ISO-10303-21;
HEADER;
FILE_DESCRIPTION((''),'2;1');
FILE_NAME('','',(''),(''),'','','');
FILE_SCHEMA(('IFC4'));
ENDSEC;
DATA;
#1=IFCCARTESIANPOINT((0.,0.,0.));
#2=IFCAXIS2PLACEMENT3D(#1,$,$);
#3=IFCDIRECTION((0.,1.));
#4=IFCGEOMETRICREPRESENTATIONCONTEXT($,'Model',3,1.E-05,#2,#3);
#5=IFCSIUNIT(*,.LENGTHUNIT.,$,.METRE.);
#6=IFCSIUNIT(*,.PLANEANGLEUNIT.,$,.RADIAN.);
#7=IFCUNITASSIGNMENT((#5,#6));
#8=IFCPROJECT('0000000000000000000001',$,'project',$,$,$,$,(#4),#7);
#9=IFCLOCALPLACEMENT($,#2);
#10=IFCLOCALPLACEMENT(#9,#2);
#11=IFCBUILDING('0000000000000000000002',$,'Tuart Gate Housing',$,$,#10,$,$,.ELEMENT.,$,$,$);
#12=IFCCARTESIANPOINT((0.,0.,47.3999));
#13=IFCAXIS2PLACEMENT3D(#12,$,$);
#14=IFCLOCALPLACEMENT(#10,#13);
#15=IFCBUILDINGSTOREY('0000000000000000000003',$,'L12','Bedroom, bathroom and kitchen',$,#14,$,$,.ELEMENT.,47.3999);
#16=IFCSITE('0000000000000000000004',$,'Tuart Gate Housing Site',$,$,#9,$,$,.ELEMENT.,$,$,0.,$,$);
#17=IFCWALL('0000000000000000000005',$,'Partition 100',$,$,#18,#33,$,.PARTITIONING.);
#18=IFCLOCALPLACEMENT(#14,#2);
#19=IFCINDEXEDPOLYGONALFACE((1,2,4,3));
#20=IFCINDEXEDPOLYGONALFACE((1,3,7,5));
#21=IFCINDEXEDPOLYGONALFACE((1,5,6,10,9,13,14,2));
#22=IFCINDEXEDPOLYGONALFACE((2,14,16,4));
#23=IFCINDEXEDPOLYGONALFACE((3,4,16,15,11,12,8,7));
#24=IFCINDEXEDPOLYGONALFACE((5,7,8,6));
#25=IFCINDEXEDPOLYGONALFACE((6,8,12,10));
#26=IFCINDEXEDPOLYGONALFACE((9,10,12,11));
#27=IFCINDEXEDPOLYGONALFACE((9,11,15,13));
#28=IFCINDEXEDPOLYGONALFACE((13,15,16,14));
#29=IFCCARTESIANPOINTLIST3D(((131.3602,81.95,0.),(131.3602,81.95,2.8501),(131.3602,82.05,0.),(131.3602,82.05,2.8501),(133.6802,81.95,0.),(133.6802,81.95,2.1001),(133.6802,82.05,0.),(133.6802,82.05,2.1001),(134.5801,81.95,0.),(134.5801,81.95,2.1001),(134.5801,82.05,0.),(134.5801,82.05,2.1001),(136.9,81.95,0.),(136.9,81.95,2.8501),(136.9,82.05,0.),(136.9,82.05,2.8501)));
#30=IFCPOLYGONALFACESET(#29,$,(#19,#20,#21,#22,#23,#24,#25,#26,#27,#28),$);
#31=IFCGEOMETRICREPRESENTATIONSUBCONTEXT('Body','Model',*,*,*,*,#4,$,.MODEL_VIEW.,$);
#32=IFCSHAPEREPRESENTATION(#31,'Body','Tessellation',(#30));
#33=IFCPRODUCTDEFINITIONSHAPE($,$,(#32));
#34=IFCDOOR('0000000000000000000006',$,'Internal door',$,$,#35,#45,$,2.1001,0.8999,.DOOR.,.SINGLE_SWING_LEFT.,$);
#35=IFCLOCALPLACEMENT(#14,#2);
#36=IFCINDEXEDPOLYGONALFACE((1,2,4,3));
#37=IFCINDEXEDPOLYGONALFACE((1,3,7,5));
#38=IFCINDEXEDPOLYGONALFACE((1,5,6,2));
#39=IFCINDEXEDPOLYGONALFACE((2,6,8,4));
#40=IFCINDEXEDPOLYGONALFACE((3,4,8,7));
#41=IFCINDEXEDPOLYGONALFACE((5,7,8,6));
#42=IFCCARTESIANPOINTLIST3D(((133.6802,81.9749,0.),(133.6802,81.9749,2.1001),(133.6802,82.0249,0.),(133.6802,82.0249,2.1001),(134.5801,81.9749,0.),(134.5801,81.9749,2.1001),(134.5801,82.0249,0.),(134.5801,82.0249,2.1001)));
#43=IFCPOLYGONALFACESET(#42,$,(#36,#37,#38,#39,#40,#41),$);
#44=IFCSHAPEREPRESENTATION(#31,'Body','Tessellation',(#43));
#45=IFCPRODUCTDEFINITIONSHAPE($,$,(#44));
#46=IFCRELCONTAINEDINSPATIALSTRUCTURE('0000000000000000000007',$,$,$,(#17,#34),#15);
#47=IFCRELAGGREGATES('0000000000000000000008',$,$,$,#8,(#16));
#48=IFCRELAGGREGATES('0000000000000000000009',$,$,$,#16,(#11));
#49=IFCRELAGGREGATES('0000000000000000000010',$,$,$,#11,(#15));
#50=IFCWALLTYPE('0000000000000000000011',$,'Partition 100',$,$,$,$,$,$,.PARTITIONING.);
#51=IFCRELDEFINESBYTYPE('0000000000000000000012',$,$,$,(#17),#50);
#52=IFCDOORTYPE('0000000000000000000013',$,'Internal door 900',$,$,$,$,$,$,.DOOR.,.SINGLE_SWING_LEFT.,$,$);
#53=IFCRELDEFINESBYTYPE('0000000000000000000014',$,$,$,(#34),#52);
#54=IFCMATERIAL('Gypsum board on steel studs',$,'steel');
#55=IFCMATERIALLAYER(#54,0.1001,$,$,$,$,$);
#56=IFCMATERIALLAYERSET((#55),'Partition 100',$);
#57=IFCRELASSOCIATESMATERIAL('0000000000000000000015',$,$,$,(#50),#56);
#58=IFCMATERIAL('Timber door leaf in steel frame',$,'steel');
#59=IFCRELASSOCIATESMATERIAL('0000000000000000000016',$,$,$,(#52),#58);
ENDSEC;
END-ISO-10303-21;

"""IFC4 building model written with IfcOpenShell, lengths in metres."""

from ifc_helpers import new_model, si_unit, direction, frame, frame_2d, origin, place, context, subcontext, project, spatial, rectangle, extrude, material, layer, layer_set, type_object, element, fill, save


model = new_model("IFC4")

# Units and contexts
model_context = context("Model", 3, precision=1e-05, world=origin(), true_north=direction((0.0, 1.0)))
body_context = subcontext(model_context, "Body", "Model", "MODEL_VIEW")
ifc_project = project(units=[si_unit("LENGTHUNIT", "METRE"), si_unit("PLANEANGLEUNIT", "RADIAN")], contexts=[model_context])

# Site, building, storey
site_placement = place(None, origin())
site = spatial("IfcSite", under=ifc_project, at=site_placement, Name="Tuart Gate Housing Site", CompositionType="ELEMENT", RefElevation=0.0)
building_placement = place(site_placement, origin())
building = spatial("IfcBuilding", under=site, at=building_placement, Name="Tuart Gate Housing", CompositionType="ELEMENT")
storey_placement = place(building_placement, frame((0.0, 0.0, 47.3999)))
storey = spatial("IfcBuildingStorey", under=building, at=storey_placement, Name="L12", Description="Bedroom, bathroom and kitchen", CompositionType="ELEMENT", Elevation=47.3999)

# Wall, opening, door
ifc_material_1 = material(Name="Gypsum board on steel studs", Category="steel")
ifc_layer_1 = layer(ifc_material_1, 0.1001)
ifc_layer_set_1 = layer_set([ifc_layer_1], Name="Partition 100")
wall_type_1 = type_object("IfcWallType", Name="Partition 100", PredefinedType="PARTITIONING", material=ifc_layer_set_1)
wall_1_placement = place(storey_placement, frame((131.3601, 82.0, 0.0), z_axis=(0.0, 0.0, 1.0), x_axis=(1.0, 0.0, 0.0)))
wall_1 = element("IfcWall", 1, at=wall_1_placement, inside=storey, type_object=wall_type_1, Name="Partition 100", PredefinedType="PARTITIONING", context=body_context, shape_type="SweptSolid", body=[
    extrude(rectangle(XDim=5.5398, YDim=0.1001, at=frame_2d((2.77, 0.0))), origin(), (0.0, 0.0, 1.0), 2.8501),
])
opening_1_placement = place(wall_1_placement, frame((2.3201, 0.0, 0.0)))
opening_1 = element("IfcOpeningElement", 2, at=opening_1_placement, cuts=wall_1, PredefinedType="OPENING", context=body_context, shape_type="SweptSolid", body=[
    extrude(rectangle(XDim=0.8999, YDim=2.1001, at=frame_2d((0.45, 1.05))), frame((0.0, 0.0601, 0.0), z_axis=(0.0, -1.0, 0.0), x_axis=(1.0, 0.0, 0.0)), (0.0, 0.0, 1.0), 0.1201),
])
ifc_material_2 = material(Name="Timber door leaf in steel frame", Category="steel")
door_type_1 = type_object("IfcDoorType", Name="Internal door 900", OperationType="SINGLE_SWING_LEFT", PredefinedType="DOOR", material=ifc_material_2)
door_1_placement = place(opening_1_placement, origin())
door_1 = element("IfcDoor", 3, at=door_1_placement, inside=storey, type_object=door_type_1, Name="Internal door", OperationType="SINGLE_SWING_LEFT", OverallHeight=2.1001, OverallWidth=0.8999, PredefinedType="DOOR", context=body_context, shape_type="SweptSolid", body=[
    extrude(rectangle(XDim=0.8999, YDim=2.1001, at=frame_2d((0.45, 1.05))), frame((0.0, 0.0249, 0.0), z_axis=(0.0, -1.0, 0.0), x_axis=(1.0, 0.0, 0.0)), (0.0, 0.0, 1.0), 0.05),
])
fill(opening_1, door_1)

save(model, "model.ifc")
